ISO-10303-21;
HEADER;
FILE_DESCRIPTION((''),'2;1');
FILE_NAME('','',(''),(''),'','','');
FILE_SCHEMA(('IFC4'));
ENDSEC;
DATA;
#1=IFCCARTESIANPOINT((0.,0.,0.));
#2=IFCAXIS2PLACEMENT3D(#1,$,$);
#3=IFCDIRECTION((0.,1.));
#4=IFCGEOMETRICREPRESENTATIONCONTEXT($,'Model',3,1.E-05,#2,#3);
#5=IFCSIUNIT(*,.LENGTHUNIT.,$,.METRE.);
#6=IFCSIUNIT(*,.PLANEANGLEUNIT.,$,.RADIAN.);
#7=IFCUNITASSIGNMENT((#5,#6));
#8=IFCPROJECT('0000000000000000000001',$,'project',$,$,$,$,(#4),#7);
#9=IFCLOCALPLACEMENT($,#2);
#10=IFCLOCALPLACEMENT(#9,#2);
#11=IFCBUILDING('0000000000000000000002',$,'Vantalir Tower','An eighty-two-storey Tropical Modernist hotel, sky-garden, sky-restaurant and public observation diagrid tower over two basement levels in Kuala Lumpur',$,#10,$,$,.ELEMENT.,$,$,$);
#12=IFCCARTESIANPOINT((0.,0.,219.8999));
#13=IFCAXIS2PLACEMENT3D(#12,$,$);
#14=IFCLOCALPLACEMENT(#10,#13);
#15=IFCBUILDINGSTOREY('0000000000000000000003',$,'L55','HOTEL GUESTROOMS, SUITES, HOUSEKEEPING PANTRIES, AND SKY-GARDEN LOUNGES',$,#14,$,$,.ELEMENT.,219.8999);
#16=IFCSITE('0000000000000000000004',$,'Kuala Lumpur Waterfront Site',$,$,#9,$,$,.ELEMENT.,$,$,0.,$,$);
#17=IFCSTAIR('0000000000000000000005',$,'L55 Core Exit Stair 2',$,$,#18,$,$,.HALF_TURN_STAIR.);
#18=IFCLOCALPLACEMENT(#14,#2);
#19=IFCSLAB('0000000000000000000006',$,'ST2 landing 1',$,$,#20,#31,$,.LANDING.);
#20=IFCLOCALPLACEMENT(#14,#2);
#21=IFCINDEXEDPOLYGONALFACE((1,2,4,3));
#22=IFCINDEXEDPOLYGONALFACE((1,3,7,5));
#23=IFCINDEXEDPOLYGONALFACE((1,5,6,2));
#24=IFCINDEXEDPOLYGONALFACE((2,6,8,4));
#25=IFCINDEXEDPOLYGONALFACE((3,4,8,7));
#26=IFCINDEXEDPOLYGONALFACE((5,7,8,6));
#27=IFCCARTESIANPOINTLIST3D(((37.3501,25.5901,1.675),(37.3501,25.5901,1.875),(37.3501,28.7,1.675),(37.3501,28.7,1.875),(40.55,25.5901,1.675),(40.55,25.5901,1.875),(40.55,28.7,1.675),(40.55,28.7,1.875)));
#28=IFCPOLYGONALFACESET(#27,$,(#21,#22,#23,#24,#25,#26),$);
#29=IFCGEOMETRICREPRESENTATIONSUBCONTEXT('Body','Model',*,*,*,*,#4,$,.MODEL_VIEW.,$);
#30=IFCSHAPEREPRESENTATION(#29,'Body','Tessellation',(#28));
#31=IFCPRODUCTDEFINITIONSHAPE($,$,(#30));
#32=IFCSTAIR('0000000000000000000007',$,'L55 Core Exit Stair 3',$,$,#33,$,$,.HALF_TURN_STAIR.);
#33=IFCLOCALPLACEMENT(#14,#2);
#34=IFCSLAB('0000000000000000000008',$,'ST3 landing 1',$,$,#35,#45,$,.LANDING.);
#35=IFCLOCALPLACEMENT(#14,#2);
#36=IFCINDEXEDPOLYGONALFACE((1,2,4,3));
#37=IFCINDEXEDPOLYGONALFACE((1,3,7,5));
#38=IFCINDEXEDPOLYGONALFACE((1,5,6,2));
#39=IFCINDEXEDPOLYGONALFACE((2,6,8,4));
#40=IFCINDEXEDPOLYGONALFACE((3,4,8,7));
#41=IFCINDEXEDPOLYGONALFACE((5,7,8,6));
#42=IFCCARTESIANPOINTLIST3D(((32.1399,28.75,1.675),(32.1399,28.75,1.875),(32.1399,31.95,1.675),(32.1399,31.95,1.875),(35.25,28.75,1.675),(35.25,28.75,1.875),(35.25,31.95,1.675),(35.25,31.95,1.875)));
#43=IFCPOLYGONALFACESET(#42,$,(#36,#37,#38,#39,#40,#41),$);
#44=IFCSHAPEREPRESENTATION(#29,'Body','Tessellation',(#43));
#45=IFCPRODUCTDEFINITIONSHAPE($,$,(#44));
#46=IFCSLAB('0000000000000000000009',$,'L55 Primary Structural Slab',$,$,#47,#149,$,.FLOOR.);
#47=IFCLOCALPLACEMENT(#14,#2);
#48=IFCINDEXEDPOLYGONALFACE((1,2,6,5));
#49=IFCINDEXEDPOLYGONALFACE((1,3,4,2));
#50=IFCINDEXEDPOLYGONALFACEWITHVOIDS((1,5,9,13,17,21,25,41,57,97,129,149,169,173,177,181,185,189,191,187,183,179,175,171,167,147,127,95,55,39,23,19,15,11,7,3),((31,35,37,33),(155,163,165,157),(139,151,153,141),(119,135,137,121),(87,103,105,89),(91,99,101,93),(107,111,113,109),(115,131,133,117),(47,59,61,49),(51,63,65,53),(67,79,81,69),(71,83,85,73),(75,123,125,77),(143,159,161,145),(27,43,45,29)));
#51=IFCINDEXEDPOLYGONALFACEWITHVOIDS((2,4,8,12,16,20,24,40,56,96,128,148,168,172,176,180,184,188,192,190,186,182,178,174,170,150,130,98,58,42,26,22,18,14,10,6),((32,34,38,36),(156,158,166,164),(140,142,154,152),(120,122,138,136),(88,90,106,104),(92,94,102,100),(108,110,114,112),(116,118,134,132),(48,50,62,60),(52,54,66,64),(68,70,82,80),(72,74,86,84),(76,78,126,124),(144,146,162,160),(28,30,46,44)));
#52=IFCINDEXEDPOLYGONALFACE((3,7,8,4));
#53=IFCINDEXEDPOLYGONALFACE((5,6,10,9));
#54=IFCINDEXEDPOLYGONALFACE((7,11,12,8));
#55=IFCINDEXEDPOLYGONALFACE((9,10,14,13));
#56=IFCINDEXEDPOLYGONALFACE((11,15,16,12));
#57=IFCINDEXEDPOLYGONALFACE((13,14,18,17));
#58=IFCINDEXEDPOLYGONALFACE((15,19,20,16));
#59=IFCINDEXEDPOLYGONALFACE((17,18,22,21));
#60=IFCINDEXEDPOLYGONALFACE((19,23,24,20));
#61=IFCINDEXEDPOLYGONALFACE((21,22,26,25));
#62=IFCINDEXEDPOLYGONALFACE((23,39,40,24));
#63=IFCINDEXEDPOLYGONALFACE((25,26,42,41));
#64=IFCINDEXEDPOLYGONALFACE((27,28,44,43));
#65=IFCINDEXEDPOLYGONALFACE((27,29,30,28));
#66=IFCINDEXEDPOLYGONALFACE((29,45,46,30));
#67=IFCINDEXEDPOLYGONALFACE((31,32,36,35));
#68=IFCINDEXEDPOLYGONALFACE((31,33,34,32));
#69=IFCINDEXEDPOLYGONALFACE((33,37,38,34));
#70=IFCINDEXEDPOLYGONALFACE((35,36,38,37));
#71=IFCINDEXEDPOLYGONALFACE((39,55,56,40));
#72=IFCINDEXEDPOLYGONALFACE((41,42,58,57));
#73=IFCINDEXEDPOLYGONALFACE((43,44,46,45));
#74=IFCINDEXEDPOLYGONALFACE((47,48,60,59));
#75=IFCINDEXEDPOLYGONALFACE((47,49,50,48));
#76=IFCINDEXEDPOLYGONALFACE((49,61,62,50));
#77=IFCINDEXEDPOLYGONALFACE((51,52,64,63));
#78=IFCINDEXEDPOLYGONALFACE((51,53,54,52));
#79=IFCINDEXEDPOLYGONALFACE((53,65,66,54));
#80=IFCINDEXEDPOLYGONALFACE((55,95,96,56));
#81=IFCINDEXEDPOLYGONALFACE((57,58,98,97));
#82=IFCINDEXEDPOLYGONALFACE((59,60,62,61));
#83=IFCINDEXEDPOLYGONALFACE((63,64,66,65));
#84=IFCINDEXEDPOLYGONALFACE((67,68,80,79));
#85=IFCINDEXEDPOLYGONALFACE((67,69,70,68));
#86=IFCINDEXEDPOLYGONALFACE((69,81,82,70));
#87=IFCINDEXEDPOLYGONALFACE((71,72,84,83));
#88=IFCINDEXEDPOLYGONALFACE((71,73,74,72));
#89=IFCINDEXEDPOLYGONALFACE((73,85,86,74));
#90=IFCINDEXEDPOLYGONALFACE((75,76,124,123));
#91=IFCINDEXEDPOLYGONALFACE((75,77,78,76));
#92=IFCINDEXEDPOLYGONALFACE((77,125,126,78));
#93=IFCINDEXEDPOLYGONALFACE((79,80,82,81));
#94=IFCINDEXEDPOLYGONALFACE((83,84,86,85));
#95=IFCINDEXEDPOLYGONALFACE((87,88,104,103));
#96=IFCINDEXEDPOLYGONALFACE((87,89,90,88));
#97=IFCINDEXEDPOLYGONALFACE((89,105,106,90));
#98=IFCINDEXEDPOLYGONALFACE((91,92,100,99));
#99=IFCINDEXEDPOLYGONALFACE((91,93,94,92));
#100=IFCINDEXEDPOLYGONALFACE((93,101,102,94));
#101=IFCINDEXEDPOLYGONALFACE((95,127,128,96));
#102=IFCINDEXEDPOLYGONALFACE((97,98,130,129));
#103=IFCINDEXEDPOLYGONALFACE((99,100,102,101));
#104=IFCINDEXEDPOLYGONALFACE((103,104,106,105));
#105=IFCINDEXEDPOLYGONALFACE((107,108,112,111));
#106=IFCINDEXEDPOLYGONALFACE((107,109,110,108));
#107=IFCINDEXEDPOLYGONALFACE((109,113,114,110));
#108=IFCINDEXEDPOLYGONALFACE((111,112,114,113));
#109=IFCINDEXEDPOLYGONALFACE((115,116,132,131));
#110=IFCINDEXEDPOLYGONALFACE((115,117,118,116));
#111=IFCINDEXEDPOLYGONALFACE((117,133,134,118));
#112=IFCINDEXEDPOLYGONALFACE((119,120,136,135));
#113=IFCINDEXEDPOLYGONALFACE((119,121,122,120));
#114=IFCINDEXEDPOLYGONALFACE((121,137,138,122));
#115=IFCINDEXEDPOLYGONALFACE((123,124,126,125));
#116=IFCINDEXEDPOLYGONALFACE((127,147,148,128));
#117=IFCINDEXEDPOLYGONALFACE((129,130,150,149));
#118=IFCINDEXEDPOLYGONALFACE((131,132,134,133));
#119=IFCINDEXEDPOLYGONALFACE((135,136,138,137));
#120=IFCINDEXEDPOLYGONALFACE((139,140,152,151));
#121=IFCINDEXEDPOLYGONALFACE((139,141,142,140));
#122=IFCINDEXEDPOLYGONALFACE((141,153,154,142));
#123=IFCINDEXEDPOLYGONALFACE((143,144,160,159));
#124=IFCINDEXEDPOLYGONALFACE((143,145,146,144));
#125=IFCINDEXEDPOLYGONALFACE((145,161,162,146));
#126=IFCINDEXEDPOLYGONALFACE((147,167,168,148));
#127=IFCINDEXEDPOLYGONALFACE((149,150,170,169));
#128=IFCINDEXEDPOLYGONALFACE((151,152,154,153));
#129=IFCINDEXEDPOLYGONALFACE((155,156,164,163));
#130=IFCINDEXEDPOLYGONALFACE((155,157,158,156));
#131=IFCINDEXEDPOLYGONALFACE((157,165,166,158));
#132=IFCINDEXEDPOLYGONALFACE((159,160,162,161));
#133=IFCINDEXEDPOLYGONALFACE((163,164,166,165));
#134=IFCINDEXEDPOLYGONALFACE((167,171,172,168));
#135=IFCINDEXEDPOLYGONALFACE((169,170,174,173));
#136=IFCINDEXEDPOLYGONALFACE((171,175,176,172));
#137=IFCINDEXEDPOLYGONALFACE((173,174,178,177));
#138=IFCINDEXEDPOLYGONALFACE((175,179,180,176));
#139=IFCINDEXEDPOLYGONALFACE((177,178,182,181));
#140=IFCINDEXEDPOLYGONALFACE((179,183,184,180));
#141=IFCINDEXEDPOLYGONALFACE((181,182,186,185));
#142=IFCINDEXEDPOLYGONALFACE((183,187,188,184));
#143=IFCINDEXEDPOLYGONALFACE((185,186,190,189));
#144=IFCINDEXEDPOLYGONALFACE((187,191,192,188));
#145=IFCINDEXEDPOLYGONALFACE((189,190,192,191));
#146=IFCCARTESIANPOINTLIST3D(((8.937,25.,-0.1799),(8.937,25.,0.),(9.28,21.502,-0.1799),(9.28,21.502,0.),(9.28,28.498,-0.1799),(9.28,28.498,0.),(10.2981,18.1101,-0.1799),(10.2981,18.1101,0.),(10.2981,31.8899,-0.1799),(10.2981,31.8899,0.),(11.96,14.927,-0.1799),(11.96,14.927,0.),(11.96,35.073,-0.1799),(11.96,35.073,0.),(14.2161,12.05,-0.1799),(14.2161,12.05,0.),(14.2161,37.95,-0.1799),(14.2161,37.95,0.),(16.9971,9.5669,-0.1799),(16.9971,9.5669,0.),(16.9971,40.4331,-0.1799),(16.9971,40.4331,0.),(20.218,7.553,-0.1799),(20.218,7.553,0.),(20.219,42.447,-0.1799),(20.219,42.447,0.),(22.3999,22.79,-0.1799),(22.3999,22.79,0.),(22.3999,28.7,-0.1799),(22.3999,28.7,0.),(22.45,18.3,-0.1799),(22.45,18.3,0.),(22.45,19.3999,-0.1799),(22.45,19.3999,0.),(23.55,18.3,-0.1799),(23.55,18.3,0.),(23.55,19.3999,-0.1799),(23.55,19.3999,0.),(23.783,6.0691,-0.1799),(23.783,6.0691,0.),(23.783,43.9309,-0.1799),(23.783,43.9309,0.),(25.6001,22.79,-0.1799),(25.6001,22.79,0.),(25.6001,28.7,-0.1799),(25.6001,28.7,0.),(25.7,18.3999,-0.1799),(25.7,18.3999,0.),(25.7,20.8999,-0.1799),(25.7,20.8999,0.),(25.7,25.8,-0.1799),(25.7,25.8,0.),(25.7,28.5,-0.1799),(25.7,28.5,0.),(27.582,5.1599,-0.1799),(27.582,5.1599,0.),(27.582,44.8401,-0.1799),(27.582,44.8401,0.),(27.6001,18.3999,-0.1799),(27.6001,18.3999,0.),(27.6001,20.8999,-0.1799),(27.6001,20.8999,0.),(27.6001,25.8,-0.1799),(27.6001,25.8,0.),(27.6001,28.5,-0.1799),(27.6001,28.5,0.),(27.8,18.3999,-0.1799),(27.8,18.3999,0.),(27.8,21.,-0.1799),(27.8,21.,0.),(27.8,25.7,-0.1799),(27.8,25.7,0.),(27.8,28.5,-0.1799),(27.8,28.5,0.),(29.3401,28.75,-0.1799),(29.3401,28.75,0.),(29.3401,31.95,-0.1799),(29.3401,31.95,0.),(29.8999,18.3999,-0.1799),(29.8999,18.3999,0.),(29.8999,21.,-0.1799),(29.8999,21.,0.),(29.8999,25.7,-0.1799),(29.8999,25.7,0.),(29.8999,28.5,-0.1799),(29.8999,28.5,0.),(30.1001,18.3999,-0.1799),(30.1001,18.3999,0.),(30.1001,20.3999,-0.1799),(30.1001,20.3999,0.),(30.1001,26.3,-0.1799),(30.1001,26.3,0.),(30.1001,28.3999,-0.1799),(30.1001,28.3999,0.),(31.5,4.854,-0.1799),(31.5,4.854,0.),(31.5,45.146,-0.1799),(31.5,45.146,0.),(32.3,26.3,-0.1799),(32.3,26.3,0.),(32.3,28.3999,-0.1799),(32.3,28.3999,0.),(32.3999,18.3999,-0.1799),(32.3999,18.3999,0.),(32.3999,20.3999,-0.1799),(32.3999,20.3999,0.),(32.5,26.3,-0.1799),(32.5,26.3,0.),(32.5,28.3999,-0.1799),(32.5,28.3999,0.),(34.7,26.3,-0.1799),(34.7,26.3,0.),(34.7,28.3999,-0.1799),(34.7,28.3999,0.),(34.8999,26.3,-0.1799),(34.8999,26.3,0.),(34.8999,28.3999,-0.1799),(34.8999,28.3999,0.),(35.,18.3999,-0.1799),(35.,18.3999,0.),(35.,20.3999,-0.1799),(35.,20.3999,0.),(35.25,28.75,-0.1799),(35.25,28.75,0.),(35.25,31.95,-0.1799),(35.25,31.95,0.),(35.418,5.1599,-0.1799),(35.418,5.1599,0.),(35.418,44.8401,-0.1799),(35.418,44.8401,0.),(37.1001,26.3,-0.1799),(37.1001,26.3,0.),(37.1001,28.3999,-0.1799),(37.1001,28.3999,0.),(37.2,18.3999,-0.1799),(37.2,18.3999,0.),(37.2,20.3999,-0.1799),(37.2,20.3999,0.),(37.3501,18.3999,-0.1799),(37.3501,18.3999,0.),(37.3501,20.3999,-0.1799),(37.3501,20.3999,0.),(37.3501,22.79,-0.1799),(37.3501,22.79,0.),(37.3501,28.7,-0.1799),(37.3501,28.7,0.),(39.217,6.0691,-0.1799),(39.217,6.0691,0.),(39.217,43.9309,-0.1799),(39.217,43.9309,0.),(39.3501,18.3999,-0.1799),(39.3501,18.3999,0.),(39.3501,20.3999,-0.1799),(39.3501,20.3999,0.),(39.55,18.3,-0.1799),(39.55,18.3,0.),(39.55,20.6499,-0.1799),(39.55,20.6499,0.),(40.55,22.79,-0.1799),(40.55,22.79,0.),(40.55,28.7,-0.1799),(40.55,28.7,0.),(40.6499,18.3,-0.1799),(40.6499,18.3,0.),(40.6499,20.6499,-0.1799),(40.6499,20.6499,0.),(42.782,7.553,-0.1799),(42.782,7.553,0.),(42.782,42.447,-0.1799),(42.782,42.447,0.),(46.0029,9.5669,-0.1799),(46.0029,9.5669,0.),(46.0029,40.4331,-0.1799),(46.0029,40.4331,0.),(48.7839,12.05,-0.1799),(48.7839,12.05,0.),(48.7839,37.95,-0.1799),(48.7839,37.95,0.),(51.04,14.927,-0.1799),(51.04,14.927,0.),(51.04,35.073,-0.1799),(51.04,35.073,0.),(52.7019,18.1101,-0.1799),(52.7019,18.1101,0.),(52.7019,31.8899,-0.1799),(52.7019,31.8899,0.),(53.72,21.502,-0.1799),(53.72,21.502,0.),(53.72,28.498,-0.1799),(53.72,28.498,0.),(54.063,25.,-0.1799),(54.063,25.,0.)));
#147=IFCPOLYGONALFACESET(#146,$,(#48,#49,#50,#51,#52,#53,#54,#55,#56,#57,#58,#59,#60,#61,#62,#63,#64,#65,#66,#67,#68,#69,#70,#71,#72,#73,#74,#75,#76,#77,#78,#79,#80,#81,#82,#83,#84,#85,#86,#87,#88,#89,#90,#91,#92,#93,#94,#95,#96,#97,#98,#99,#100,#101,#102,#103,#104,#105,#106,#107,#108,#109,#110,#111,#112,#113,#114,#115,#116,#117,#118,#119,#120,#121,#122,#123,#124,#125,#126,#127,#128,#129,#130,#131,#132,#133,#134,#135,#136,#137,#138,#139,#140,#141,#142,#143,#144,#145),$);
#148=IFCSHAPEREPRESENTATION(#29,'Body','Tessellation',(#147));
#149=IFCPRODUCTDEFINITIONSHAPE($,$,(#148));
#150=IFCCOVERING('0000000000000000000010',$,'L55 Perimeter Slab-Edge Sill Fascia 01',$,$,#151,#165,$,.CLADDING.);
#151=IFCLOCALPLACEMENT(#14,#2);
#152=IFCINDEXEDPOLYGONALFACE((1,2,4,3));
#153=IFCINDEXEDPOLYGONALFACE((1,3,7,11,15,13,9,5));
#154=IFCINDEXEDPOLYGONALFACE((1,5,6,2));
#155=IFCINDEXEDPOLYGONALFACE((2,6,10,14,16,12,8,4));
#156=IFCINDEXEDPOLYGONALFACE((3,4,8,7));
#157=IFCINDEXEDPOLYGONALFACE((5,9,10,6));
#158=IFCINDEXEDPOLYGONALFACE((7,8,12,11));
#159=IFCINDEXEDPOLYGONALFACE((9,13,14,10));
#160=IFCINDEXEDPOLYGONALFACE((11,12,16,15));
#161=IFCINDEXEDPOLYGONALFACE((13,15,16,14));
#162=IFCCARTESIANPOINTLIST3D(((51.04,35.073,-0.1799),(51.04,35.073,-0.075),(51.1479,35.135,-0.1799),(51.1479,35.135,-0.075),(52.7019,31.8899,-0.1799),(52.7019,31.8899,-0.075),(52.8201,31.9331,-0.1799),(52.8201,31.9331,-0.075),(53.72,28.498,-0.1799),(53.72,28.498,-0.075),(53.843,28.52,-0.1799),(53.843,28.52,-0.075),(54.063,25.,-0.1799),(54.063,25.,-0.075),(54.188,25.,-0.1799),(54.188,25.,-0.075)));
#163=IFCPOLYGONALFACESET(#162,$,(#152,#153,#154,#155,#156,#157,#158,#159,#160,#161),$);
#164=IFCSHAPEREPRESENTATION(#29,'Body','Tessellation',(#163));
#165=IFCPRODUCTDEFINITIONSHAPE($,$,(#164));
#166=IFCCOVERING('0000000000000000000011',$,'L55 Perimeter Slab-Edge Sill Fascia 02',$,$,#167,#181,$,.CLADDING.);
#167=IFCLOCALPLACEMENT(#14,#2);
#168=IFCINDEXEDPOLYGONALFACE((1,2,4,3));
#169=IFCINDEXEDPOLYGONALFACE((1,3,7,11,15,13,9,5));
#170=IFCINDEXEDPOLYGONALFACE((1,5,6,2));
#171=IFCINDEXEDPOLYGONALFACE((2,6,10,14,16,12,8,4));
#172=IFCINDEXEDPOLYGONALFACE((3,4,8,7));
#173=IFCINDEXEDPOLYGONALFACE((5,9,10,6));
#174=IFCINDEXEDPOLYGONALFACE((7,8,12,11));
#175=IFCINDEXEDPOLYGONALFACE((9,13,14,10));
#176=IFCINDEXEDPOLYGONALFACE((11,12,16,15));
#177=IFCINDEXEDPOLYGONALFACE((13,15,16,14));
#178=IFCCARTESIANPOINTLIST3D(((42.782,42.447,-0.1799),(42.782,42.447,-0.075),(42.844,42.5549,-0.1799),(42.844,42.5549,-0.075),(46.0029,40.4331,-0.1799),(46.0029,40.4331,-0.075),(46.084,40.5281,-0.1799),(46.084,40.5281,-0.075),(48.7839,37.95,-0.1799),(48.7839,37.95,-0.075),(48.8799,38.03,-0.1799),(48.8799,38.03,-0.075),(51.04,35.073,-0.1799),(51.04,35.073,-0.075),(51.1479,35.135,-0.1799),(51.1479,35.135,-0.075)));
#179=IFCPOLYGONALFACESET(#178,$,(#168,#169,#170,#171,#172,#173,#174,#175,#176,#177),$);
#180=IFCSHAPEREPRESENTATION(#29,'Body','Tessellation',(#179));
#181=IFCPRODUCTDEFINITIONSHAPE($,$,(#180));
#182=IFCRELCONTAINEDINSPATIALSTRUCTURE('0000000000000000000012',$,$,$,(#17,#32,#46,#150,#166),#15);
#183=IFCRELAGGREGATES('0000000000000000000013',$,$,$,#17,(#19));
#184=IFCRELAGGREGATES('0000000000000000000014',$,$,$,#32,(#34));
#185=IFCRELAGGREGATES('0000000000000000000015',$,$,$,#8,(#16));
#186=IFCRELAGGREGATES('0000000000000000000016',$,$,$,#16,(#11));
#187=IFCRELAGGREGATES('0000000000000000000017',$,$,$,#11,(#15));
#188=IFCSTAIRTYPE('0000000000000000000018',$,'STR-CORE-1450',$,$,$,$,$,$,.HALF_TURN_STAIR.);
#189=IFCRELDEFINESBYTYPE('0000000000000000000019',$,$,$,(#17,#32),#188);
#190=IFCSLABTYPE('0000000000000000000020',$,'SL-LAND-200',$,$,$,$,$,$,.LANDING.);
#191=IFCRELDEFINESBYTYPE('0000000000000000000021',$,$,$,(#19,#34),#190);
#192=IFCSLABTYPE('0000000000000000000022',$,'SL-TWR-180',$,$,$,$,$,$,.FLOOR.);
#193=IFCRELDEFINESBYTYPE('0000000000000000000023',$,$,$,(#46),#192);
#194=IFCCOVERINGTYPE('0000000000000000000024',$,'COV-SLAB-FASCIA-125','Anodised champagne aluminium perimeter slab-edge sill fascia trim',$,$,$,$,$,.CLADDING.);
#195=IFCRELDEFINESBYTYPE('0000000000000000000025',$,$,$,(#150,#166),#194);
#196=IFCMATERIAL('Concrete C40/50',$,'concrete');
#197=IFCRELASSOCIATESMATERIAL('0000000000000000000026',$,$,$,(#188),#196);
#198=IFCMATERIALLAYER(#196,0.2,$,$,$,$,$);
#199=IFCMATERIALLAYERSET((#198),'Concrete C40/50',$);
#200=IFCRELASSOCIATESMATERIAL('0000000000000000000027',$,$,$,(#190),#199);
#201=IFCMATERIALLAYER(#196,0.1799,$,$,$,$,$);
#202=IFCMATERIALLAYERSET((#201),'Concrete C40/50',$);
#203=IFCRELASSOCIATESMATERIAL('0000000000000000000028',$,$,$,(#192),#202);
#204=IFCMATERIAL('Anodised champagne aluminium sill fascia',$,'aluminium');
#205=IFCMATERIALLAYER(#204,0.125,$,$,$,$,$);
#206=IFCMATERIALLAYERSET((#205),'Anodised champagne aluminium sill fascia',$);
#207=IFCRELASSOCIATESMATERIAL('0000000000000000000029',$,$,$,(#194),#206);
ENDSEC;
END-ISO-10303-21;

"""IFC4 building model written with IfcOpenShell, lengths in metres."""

from ifc_helpers import new_model, si_unit, direction, frame, origin, place, context, subcontext, project, spatial, polyline, outline, extrude, material, layer, layer_set, type_object, element, aggregate, save


model = new_model("IFC4")

# Units and contexts
model_context = context("Model", 3, precision=1e-05, world=origin(), true_north=direction((0.0, 1.0)))
body_context = subcontext(model_context, "Body", "Model", "MODEL_VIEW")
ifc_project = project(units=[si_unit("LENGTHUNIT", "METRE"), si_unit("PLANEANGLEUNIT", "RADIAN")], contexts=[model_context])

# Site, building, storey
site_placement = place(None, origin())
site = spatial("IfcSite", under=ifc_project, at=site_placement, Name="Kuala Lumpur Waterfront Site", CompositionType="ELEMENT", RefElevation=0.0)
building_placement = place(site_placement, origin())
building = spatial("IfcBuilding", under=site, at=building_placement, Name="Vantalir Tower", Description="An eighty-two-storey Tropical Modernist hotel, sky-garden, sky-restaurant and public observation diagrid tower over two basement levels in Kuala Lumpur", CompositionType="ELEMENT")
storey_placement = place(building_placement, frame((0.0, 0.0, 219.8999)))
storey = spatial("IfcBuildingStorey", under=building, at=storey_placement, Name="L55", Description="HOTEL GUESTROOMS, SUITES, HOUSEKEEPING PANTRIES, AND SKY-GARDEN LOUNGES", CompositionType="ELEMENT", Elevation=219.8999)

# Stairs, slabs
ifc_material_1 = material(Name="Concrete C40/50", Category="concrete")
stair_type = type_object("IfcStairType", Name="STR-CORE-1450", PredefinedType="HALF_TURN_STAIR", material=ifc_material_1)
ifc_layer_1 = layer(ifc_material_1, 0.2)
ifc_layer_set_1 = layer_set([ifc_layer_1], Name="Concrete C40/50")
slab_type_1 = type_object("IfcSlabType", Name="SL-LAND-200", PredefinedType="LANDING", material=ifc_layer_set_1)
stair_1_placement = place(storey_placement, origin())
stair_1 = element("IfcStair", 1, at=stair_1_placement, inside=storey, type_object=stair_type, Name="L55 Core Exit Stair 2", PredefinedType="HALF_TURN_STAIR")
slab_1_placement = place(storey_placement, frame((0.0, 0.0, 1.675)))
slab_1 = element("IfcSlab", 2, at=slab_1_placement, type_object=slab_type_1, Name="ST2 landing 1", PredefinedType="LANDING", context=body_context, shape_type="SweptSolid", body=[
    extrude(outline(polyline([(40.55, 25.5901), (40.55, 28.7), (37.3501, 28.7), (37.3501, 25.5901), (40.55, 25.5901)])), origin(), (0.0, 0.0, 1.0), 0.2),
])
aggregate(stair_1, [slab_1])
stair_2_placement = place(storey_placement, origin())
stair_2 = element("IfcStair", 3, at=stair_2_placement, inside=storey, type_object=stair_type, Name="L55 Core Exit Stair 3", PredefinedType="HALF_TURN_STAIR")
slab_2_placement = place(storey_placement, frame((0.0, 0.0, 1.675)))
slab_2 = element("IfcSlab", 4, at=slab_2_placement, type_object=slab_type_1, Name="ST3 landing 1", PredefinedType="LANDING", context=body_context, shape_type="SweptSolid", body=[
    extrude(outline(polyline([(32.1399, 28.75), (35.25, 28.75), (35.25, 31.95), (32.1399, 31.95), (32.1399, 28.75)])), origin(), (0.0, 0.0, 1.0), 0.2),
])
aggregate(stair_2, [slab_2])

# Slab
ifc_layer_2 = layer(ifc_material_1, 0.1799)
ifc_layer_set_2 = layer_set([ifc_layer_2], Name="Concrete C40/50")
slab_type_2 = type_object("IfcSlabType", Name="SL-TWR-180", PredefinedType="FLOOR", material=ifc_layer_set_2)
slab_3_placement = place(storey_placement, frame((0.0, 0.0, -0.1799)))
element("IfcSlab", 5, at=slab_3_placement, inside=storey, type_object=slab_type_2, Name="L55 Primary Structural Slab", PredefinedType="FLOOR", context=body_context, shape_type="SweptSolid", body=[
    extrude(outline(polyline([(14.2161, 12.05), (16.9971, 9.5669), (20.218, 7.553), (23.783, 6.0691), (27.582, 5.1599), (31.5, 4.854), (35.418, 5.1599), (39.217, 6.0691), (42.782, 7.553), (46.0029, 9.5669), (48.7839, 12.05), (51.04, 14.927), (52.7019, 18.1101), (53.72, 21.502), (54.063, 25.0), (53.72, 28.498), (52.7019, 31.8899), (51.04, 35.073), (48.7839, 37.95), (46.0029, 40.4331), (42.782, 42.447), (39.217, 43.9309), (35.418, 44.8401), (31.5, 45.146), (27.582, 44.8401), (23.783, 43.9309), (20.219, 42.447), (16.9971, 40.4331), (14.2161, 37.95), (11.96, 35.073), (10.2981, 31.8899), (9.28, 28.498), (8.937, 25.0), (9.28, 21.502), (10.2981, 18.1101), (11.96, 14.927), (14.2161, 12.05)]), holes=[polyline([(22.3999, 28.7), (25.6001, 28.7), (25.6001, 22.79), (22.3999, 22.79), (22.3999, 28.7)]), polyline([(40.55, 28.7), (40.55, 22.79), (37.3501, 22.79), (37.3501, 28.7), (40.55, 28.7)]), polyline([(29.3401, 28.75), (29.3401, 31.95), (35.25, 31.95), (35.25, 28.75), (29.3401, 28.75)]), polyline([(25.7, 18.3999), (25.7, 20.8999), (27.6001, 20.8999), (27.6001, 18.3999), (25.7, 18.3999)]), polyline([(25.7, 28.5), (27.6001, 28.5), (27.6001, 25.8), (25.7, 25.8), (25.7, 28.5)]), polyline([(29.8999, 21.0), (29.8999, 18.3999), (27.8, 18.3999), (27.8, 21.0), (29.8999, 21.0)]), polyline([(29.8999, 25.7), (27.8, 25.7), (27.8, 28.5), (29.8999, 28.5), (29.8999, 25.7)]), polyline([(30.1001, 18.3999), (30.1001, 20.3999), (32.3999, 20.3999), (32.3999, 18.3999), (30.1001, 18.3999)]), polyline([(37.3501, 20.3999), (39.3501, 20.3999), (39.3501, 18.3999), (37.3501, 18.3999), (37.3501, 20.3999)]), polyline([(37.2, 20.3999), (37.2, 18.3999), (35.0, 18.3999), (35.0, 20.3999), (37.2, 20.3999)]), polyline([(32.3, 26.3), (30.1001, 26.3), (30.1001, 28.3999), (32.3, 28.3999), (32.3, 26.3)]), polyline([(32.5, 26.3), (32.5, 28.3999), (34.7, 28.3999), (34.7, 26.3), (32.5, 26.3)]), polyline([(34.8999, 28.3999), (37.1001, 28.3999), (37.1001, 26.3), (34.8999, 26.3), (34.8999, 28.3999)]), polyline([(23.55, 19.3999), (23.55, 18.3), (22.45, 18.3), (22.45, 19.3999), (23.55, 19.3999)]), polyline([(40.6499, 18.3), (39.55, 18.3), (39.55, 20.6499), (40.6499, 20.6499), (40.6499, 18.3)])]), origin(), (0.0, 0.0, 1.0), 0.1799),
])

# Coverings
ifc_material_2 = material(Name="Anodised champagne aluminium sill fascia", Category="aluminium")
ifc_layer_3 = layer(ifc_material_2, 0.125)
ifc_layer_set_3 = layer_set([ifc_layer_3], Name="Anodised champagne aluminium sill fascia")
covering_type = type_object("IfcCoveringType", Name="COV-SLAB-FASCIA-125", Description="Anodised champagne aluminium perimeter slab-edge sill fascia trim", PredefinedType="CLADDING", material=ifc_layer_set_3)
covering_1_placement = place(storey_placement, frame((0.0, 0.0, -0.1799)))
element("IfcCovering", 6, at=covering_1_placement, inside=storey, type_object=covering_type, Name="L55 Perimeter Slab-Edge Sill Fascia 01", PredefinedType="CLADDING", context=body_context, shape_type="SweptSolid", body=[
    extrude(outline(polyline([(54.188, 25.0), (53.843, 28.52), (52.8201, 31.9331), (51.1479, 35.135), (51.04, 35.073), (52.7019, 31.8899), (53.72, 28.498), (54.063, 25.0), (54.188, 25.0)])), origin(), (0.0, 0.0, 1.0), 0.105),
])
covering_2_placement = place(storey_placement, frame((0.0, 0.0, -0.1799)))
element("IfcCovering", 7, at=covering_2_placement, inside=storey, type_object=covering_type, Name="L55 Perimeter Slab-Edge Sill Fascia 02", PredefinedType="CLADDING", context=body_context, shape_type="SweptSolid", body=[
    extrude(outline(polyline([(51.1479, 35.135), (48.8799, 38.03), (46.084, 40.5281), (42.844, 42.5549), (42.782, 42.447), (46.0029, 40.4331), (48.7839, 37.95), (51.04, 35.073), (51.1479, 35.135)])), origin(), (0.0, 0.0, 1.0), 0.105),
])

save(model, "model.ifc")
